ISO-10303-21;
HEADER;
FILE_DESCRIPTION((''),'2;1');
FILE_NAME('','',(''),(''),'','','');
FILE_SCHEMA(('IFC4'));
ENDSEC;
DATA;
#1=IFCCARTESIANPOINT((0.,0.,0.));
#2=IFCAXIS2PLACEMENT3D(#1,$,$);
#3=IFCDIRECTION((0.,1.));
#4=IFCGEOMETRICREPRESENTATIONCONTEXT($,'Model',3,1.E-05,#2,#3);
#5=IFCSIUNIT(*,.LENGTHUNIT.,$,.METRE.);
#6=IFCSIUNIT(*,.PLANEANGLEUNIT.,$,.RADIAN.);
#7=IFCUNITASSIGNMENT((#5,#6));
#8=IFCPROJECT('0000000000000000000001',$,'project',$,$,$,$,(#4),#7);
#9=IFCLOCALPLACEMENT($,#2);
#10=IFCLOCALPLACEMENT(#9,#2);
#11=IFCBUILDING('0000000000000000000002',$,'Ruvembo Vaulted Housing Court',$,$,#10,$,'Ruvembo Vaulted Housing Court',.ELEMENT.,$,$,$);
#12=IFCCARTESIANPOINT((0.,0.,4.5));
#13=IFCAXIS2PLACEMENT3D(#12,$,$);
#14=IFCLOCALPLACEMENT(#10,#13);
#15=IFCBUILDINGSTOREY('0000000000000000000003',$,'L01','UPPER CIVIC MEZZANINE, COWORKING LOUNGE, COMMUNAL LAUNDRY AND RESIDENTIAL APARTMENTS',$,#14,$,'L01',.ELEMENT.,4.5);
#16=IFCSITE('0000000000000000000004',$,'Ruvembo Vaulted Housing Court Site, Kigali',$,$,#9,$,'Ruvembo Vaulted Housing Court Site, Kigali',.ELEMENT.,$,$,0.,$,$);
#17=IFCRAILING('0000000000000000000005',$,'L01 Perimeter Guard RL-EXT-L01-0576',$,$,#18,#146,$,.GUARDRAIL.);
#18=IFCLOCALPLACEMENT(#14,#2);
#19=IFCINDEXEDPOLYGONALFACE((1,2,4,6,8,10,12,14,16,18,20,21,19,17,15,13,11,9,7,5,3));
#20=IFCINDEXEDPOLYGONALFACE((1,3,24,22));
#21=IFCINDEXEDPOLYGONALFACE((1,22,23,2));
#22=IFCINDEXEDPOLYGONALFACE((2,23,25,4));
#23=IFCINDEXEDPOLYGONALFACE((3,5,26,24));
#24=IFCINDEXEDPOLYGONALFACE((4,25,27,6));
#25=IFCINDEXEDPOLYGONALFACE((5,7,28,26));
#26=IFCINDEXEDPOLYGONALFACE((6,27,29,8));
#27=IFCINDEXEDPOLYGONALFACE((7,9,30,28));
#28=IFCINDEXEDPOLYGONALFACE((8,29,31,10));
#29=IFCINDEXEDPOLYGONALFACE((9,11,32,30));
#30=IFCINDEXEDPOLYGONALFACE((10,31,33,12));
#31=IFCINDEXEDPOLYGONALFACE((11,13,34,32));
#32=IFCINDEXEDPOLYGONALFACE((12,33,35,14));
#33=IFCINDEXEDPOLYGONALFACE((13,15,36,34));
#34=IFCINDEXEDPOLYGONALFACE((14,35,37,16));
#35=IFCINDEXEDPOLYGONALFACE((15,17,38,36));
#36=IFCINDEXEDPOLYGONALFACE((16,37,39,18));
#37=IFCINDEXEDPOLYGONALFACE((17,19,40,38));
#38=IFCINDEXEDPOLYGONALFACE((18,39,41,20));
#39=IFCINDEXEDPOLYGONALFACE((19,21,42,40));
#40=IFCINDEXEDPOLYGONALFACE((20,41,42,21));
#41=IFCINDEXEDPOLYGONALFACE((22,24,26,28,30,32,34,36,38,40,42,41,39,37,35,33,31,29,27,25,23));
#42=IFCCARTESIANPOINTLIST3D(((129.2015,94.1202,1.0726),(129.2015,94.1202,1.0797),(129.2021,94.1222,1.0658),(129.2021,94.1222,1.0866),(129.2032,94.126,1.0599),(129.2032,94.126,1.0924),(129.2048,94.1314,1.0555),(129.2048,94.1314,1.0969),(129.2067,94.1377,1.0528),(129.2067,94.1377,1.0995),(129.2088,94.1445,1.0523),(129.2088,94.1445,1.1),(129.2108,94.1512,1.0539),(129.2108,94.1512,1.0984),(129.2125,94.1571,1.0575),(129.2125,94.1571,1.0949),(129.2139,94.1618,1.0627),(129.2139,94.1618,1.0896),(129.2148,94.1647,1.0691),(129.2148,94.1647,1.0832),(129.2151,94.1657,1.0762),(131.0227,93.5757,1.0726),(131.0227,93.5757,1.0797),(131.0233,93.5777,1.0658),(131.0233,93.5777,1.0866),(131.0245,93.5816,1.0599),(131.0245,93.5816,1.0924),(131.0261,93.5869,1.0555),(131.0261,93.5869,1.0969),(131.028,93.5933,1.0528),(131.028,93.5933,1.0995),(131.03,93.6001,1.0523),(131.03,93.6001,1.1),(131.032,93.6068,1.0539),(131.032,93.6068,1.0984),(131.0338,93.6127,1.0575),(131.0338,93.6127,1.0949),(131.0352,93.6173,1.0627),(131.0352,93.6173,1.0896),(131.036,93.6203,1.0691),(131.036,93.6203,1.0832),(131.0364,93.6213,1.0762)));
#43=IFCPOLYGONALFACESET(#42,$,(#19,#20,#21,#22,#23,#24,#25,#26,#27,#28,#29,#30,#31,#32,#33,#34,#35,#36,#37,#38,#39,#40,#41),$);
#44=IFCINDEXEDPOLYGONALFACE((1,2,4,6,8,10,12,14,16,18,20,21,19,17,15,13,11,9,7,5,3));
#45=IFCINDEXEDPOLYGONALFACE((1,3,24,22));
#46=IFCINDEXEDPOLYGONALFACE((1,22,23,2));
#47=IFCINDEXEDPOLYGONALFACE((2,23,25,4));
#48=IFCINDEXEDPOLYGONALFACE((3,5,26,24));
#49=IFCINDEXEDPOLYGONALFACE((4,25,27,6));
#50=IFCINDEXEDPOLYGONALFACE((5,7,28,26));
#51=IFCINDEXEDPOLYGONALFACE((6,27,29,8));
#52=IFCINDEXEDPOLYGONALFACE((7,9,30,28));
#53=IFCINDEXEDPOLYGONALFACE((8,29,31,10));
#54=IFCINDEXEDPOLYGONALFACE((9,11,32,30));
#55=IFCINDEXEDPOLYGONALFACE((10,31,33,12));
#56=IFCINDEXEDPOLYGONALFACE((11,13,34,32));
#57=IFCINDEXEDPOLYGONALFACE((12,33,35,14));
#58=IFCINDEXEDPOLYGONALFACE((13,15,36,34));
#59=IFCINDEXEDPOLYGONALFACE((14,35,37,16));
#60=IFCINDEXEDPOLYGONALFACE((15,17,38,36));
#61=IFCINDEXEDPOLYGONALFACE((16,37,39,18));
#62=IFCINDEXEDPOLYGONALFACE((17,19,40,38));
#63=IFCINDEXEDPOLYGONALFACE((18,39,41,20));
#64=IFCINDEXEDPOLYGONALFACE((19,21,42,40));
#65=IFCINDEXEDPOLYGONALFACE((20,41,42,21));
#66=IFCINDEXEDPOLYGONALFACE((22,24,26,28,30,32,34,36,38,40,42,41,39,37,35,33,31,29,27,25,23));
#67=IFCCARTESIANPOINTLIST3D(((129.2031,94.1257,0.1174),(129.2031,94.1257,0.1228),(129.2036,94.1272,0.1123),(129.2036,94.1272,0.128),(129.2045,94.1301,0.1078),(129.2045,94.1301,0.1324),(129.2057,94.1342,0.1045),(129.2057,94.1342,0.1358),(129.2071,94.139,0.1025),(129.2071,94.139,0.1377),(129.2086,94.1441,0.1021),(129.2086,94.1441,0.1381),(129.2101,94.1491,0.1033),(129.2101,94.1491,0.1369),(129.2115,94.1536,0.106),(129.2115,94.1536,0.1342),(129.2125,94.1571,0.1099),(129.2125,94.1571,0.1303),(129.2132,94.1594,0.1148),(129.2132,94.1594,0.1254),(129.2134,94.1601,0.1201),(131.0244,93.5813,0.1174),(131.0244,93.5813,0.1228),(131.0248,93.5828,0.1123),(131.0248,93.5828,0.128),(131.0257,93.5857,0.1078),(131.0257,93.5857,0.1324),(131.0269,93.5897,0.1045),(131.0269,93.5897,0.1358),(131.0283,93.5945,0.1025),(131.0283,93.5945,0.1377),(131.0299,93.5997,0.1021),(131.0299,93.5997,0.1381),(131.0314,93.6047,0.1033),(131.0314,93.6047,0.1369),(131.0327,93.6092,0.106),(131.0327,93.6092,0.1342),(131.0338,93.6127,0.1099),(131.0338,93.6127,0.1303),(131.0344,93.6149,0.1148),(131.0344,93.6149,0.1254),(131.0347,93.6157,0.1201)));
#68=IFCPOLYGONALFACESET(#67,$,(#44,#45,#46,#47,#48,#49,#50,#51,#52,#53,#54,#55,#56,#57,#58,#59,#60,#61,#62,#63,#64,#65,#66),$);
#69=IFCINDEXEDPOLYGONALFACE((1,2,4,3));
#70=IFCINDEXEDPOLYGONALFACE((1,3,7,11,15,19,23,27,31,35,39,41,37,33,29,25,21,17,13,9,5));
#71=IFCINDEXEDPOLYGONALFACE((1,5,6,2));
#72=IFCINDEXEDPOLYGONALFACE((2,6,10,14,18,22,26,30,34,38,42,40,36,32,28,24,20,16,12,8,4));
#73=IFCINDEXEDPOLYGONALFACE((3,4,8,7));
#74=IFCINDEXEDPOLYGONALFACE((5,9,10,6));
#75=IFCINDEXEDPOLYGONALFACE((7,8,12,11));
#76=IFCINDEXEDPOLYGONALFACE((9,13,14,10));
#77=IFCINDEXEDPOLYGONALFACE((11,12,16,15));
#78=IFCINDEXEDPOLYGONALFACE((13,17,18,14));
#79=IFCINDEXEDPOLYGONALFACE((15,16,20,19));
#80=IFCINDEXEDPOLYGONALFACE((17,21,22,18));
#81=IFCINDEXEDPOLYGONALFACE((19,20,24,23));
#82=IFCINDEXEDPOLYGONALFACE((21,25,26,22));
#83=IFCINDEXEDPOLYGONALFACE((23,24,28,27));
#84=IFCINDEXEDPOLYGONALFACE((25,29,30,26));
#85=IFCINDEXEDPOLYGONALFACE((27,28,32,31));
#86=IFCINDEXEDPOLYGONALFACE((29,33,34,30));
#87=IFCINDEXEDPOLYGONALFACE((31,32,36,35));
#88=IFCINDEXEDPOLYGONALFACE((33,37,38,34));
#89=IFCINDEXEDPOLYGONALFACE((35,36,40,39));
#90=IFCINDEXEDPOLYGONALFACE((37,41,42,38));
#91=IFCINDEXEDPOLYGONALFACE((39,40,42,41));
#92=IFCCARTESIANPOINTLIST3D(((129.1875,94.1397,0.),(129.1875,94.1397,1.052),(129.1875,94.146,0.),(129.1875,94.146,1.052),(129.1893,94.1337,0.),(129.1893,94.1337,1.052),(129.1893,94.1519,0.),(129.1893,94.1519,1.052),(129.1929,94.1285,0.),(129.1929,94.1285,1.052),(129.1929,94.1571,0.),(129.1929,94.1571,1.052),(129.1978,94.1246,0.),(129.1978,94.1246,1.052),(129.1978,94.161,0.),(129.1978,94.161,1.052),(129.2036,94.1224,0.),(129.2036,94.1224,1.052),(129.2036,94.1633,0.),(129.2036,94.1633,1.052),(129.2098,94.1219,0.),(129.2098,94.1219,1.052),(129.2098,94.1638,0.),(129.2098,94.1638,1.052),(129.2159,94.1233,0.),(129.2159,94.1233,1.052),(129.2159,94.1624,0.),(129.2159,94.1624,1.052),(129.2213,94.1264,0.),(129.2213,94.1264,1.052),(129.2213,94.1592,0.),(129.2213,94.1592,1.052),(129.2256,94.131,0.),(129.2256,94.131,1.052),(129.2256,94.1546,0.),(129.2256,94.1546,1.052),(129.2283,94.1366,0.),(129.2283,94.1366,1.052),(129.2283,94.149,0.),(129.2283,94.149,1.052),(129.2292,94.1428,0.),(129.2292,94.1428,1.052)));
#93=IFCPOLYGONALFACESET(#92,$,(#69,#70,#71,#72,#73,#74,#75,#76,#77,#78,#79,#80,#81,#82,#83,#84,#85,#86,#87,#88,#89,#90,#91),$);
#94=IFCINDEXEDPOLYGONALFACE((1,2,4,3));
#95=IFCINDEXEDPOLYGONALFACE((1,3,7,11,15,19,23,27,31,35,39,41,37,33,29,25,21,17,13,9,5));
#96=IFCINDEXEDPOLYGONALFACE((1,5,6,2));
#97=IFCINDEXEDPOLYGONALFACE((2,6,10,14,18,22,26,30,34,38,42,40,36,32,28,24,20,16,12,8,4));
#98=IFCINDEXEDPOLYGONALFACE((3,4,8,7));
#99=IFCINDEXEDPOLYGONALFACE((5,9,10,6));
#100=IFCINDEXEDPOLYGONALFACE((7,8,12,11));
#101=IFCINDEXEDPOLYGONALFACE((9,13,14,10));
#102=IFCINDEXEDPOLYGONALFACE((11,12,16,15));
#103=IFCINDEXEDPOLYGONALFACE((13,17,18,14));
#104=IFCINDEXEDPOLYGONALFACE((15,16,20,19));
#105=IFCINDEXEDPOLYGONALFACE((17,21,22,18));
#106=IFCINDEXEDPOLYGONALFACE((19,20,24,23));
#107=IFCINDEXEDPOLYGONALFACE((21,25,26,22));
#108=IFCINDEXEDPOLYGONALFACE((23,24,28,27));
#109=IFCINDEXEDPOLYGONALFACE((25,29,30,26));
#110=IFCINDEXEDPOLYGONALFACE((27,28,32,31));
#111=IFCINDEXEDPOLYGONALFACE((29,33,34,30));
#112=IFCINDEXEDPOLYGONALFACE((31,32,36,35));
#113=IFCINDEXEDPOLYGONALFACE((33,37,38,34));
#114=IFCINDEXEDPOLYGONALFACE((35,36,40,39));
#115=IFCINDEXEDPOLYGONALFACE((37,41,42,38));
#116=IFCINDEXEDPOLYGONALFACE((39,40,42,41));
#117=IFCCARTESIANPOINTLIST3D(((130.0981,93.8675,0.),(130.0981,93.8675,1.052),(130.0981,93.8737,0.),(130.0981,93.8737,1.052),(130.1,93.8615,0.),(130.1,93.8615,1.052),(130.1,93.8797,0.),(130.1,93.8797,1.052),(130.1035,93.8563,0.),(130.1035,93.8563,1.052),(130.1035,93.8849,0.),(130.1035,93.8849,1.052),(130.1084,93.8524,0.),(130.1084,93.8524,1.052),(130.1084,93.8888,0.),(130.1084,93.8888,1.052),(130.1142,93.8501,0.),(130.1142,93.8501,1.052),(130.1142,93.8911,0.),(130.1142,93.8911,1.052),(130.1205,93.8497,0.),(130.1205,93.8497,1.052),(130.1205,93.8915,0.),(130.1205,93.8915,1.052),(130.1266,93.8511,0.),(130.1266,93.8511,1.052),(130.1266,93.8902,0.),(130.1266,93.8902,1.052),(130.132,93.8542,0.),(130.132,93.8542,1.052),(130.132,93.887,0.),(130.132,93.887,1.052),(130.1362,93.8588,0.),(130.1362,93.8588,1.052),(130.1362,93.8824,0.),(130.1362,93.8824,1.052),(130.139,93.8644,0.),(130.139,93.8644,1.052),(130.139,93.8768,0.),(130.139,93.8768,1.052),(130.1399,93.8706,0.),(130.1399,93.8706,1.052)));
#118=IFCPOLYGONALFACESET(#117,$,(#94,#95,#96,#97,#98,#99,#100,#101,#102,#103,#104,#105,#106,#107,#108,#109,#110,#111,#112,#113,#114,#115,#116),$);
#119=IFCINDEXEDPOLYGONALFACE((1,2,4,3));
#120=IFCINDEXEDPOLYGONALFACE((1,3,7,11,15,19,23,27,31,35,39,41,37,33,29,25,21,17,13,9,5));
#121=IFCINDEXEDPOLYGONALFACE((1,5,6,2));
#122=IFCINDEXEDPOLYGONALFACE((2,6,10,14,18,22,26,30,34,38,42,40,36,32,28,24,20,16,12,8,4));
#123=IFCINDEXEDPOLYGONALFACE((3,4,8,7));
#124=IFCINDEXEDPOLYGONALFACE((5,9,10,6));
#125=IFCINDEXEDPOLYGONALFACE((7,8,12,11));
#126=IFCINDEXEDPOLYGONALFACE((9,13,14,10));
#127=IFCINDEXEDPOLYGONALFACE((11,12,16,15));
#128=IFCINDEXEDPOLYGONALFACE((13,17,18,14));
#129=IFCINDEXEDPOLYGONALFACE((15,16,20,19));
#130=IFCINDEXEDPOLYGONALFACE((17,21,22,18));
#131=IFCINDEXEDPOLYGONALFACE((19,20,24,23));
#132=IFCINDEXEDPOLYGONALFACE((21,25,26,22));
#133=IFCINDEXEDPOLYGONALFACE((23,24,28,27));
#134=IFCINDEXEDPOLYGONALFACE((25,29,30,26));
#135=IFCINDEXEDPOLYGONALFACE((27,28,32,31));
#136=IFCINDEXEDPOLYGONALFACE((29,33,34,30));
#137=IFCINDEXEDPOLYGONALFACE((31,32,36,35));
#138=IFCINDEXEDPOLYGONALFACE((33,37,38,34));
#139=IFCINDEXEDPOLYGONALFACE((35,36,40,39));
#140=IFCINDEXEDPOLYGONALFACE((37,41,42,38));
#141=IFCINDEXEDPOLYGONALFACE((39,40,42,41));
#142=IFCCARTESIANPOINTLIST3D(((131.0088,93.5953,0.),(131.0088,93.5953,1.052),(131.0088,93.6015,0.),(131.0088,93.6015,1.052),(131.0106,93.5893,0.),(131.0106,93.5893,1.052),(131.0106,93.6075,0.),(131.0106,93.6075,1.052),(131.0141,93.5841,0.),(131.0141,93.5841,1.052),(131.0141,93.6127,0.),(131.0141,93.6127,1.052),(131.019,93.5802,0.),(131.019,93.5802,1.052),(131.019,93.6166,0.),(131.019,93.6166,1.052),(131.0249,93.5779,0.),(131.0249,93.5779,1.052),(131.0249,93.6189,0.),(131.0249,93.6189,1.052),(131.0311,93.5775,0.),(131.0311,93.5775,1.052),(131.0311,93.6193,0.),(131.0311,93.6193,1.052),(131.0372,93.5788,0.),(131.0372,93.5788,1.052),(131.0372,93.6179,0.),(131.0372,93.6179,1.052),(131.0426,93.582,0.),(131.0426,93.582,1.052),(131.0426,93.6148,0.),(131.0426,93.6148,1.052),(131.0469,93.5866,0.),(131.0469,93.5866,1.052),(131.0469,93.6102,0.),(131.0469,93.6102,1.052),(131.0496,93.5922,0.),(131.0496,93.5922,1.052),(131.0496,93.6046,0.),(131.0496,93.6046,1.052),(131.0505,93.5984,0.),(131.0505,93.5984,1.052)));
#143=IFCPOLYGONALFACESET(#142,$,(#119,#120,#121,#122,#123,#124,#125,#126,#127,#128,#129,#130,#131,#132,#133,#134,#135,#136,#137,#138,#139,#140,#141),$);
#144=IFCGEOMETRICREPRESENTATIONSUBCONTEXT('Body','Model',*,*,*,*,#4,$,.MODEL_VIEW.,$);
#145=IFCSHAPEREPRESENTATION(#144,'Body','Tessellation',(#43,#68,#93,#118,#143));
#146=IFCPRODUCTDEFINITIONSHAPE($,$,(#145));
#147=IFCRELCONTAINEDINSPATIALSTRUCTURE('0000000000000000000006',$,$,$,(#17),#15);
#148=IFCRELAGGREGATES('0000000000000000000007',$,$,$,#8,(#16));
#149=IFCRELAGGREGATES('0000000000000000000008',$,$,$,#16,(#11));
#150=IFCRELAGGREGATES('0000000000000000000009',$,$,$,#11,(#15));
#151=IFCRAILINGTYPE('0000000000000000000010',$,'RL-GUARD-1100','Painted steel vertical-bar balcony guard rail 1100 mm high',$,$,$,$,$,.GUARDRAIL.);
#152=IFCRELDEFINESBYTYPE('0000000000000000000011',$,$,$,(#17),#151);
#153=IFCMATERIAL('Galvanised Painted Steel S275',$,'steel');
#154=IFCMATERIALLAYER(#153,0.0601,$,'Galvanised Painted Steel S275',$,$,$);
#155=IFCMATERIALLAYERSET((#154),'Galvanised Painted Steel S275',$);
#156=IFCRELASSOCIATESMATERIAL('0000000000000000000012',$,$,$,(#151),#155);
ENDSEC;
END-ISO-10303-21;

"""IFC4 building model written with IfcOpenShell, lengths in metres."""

from ifc_helpers import new_model, si_unit, direction, frame, origin, origin_2d, place, context, subcontext, project, spatial, circle, extrude, material, layer, layer_set, type_object, element, save


model = new_model("IFC4")

# Units and contexts
model_context = context("Model", 3, precision=1e-05, world=origin(), true_north=direction((0.0, 1.0)))
body_context = subcontext(model_context, "Body", "Model", "MODEL_VIEW")
ifc_project = project(units=[si_unit("LENGTHUNIT", "METRE"), si_unit("PLANEANGLEUNIT", "RADIAN")], contexts=[model_context])

# Site, building, storey
site_placement = place(None, origin())
site = spatial("IfcSite", under=ifc_project, at=site_placement, Name="Ruvembo Vaulted Housing Court Site, Kigali", LongName="Ruvembo Vaulted Housing Court Site, Kigali", CompositionType="ELEMENT", RefElevation=0.0)
building_placement = place(site_placement, origin())
building = spatial("IfcBuilding", under=site, at=building_placement, Name="Ruvembo Vaulted Housing Court", LongName="Ruvembo Vaulted Housing Court", CompositionType="ELEMENT")
storey_placement = place(building_placement, frame((0.0, 0.0, 4.5)))
storey = spatial("IfcBuildingStorey", under=building, at=storey_placement, Name="L01", Description="UPPER CIVIC MEZZANINE, COWORKING LOUNGE, COMMUNAL LAUNDRY AND RESIDENTIAL APARTMENTS", LongName="L01", CompositionType="ELEMENT", Elevation=4.5)

# Railing
ifc_material_1 = material(Name="Galvanised Painted Steel S275", Category="steel")
ifc_layer = layer(ifc_material_1, 0.0601, Name="Galvanised Painted Steel S275")
ifc_layer_set = layer_set([ifc_layer], Name="Galvanised Painted Steel S275")
railing_type = type_object("IfcRailingType", Name="RL-GUARD-1100", Description="Painted steel vertical-bar balcony guard rail 1100 mm high", PredefinedType="GUARDRAIL", material=ifc_layer_set)
railing_1_placement = place(storey_placement, frame((129.2083, 94.1428, 0.0)))
element("IfcRailing", 1, at=railing_1_placement, inside=storey, type_object=railing_type, Name="L01 Perimeter Guard RL-EXT-L01-0576", PredefinedType="GUARDRAIL", context=body_context, shape_type="SweptSolid", body=[
    extrude(circle(Radius=0.0239, at=origin_2d()), frame((0.0, 0.0, 1.0762), z_axis=(0.958109, -0.286405, 0.0), x_axis=(0.286405, 0.958109, 0.0)), (0.0, 0.0, 1.0), 1.9009),
    extrude(circle(Radius=0.0181, at=origin_2d()), frame((0.0, 0.0, 0.1201), z_axis=(0.958109, -0.286405, 0.0), x_axis=(0.286405, 0.958109, 0.0)), (0.0, 0.0, 1.0), 1.9009),
    extrude(circle(Radius=0.021, at=origin_2d()), origin(), (0.0, 0.0, 1.0), 1.052),
    extrude(circle(Radius=0.021, at=origin_2d()), frame((0.9106, -0.2722, 0.0)), (0.0, 0.0, 1.0), 1.052),
    extrude(circle(Radius=0.021, at=origin_2d()), frame((1.8213, -0.5444, 0.0)), (0.0, 0.0, 1.0), 1.052),
])

save(model, "model.ifc")
